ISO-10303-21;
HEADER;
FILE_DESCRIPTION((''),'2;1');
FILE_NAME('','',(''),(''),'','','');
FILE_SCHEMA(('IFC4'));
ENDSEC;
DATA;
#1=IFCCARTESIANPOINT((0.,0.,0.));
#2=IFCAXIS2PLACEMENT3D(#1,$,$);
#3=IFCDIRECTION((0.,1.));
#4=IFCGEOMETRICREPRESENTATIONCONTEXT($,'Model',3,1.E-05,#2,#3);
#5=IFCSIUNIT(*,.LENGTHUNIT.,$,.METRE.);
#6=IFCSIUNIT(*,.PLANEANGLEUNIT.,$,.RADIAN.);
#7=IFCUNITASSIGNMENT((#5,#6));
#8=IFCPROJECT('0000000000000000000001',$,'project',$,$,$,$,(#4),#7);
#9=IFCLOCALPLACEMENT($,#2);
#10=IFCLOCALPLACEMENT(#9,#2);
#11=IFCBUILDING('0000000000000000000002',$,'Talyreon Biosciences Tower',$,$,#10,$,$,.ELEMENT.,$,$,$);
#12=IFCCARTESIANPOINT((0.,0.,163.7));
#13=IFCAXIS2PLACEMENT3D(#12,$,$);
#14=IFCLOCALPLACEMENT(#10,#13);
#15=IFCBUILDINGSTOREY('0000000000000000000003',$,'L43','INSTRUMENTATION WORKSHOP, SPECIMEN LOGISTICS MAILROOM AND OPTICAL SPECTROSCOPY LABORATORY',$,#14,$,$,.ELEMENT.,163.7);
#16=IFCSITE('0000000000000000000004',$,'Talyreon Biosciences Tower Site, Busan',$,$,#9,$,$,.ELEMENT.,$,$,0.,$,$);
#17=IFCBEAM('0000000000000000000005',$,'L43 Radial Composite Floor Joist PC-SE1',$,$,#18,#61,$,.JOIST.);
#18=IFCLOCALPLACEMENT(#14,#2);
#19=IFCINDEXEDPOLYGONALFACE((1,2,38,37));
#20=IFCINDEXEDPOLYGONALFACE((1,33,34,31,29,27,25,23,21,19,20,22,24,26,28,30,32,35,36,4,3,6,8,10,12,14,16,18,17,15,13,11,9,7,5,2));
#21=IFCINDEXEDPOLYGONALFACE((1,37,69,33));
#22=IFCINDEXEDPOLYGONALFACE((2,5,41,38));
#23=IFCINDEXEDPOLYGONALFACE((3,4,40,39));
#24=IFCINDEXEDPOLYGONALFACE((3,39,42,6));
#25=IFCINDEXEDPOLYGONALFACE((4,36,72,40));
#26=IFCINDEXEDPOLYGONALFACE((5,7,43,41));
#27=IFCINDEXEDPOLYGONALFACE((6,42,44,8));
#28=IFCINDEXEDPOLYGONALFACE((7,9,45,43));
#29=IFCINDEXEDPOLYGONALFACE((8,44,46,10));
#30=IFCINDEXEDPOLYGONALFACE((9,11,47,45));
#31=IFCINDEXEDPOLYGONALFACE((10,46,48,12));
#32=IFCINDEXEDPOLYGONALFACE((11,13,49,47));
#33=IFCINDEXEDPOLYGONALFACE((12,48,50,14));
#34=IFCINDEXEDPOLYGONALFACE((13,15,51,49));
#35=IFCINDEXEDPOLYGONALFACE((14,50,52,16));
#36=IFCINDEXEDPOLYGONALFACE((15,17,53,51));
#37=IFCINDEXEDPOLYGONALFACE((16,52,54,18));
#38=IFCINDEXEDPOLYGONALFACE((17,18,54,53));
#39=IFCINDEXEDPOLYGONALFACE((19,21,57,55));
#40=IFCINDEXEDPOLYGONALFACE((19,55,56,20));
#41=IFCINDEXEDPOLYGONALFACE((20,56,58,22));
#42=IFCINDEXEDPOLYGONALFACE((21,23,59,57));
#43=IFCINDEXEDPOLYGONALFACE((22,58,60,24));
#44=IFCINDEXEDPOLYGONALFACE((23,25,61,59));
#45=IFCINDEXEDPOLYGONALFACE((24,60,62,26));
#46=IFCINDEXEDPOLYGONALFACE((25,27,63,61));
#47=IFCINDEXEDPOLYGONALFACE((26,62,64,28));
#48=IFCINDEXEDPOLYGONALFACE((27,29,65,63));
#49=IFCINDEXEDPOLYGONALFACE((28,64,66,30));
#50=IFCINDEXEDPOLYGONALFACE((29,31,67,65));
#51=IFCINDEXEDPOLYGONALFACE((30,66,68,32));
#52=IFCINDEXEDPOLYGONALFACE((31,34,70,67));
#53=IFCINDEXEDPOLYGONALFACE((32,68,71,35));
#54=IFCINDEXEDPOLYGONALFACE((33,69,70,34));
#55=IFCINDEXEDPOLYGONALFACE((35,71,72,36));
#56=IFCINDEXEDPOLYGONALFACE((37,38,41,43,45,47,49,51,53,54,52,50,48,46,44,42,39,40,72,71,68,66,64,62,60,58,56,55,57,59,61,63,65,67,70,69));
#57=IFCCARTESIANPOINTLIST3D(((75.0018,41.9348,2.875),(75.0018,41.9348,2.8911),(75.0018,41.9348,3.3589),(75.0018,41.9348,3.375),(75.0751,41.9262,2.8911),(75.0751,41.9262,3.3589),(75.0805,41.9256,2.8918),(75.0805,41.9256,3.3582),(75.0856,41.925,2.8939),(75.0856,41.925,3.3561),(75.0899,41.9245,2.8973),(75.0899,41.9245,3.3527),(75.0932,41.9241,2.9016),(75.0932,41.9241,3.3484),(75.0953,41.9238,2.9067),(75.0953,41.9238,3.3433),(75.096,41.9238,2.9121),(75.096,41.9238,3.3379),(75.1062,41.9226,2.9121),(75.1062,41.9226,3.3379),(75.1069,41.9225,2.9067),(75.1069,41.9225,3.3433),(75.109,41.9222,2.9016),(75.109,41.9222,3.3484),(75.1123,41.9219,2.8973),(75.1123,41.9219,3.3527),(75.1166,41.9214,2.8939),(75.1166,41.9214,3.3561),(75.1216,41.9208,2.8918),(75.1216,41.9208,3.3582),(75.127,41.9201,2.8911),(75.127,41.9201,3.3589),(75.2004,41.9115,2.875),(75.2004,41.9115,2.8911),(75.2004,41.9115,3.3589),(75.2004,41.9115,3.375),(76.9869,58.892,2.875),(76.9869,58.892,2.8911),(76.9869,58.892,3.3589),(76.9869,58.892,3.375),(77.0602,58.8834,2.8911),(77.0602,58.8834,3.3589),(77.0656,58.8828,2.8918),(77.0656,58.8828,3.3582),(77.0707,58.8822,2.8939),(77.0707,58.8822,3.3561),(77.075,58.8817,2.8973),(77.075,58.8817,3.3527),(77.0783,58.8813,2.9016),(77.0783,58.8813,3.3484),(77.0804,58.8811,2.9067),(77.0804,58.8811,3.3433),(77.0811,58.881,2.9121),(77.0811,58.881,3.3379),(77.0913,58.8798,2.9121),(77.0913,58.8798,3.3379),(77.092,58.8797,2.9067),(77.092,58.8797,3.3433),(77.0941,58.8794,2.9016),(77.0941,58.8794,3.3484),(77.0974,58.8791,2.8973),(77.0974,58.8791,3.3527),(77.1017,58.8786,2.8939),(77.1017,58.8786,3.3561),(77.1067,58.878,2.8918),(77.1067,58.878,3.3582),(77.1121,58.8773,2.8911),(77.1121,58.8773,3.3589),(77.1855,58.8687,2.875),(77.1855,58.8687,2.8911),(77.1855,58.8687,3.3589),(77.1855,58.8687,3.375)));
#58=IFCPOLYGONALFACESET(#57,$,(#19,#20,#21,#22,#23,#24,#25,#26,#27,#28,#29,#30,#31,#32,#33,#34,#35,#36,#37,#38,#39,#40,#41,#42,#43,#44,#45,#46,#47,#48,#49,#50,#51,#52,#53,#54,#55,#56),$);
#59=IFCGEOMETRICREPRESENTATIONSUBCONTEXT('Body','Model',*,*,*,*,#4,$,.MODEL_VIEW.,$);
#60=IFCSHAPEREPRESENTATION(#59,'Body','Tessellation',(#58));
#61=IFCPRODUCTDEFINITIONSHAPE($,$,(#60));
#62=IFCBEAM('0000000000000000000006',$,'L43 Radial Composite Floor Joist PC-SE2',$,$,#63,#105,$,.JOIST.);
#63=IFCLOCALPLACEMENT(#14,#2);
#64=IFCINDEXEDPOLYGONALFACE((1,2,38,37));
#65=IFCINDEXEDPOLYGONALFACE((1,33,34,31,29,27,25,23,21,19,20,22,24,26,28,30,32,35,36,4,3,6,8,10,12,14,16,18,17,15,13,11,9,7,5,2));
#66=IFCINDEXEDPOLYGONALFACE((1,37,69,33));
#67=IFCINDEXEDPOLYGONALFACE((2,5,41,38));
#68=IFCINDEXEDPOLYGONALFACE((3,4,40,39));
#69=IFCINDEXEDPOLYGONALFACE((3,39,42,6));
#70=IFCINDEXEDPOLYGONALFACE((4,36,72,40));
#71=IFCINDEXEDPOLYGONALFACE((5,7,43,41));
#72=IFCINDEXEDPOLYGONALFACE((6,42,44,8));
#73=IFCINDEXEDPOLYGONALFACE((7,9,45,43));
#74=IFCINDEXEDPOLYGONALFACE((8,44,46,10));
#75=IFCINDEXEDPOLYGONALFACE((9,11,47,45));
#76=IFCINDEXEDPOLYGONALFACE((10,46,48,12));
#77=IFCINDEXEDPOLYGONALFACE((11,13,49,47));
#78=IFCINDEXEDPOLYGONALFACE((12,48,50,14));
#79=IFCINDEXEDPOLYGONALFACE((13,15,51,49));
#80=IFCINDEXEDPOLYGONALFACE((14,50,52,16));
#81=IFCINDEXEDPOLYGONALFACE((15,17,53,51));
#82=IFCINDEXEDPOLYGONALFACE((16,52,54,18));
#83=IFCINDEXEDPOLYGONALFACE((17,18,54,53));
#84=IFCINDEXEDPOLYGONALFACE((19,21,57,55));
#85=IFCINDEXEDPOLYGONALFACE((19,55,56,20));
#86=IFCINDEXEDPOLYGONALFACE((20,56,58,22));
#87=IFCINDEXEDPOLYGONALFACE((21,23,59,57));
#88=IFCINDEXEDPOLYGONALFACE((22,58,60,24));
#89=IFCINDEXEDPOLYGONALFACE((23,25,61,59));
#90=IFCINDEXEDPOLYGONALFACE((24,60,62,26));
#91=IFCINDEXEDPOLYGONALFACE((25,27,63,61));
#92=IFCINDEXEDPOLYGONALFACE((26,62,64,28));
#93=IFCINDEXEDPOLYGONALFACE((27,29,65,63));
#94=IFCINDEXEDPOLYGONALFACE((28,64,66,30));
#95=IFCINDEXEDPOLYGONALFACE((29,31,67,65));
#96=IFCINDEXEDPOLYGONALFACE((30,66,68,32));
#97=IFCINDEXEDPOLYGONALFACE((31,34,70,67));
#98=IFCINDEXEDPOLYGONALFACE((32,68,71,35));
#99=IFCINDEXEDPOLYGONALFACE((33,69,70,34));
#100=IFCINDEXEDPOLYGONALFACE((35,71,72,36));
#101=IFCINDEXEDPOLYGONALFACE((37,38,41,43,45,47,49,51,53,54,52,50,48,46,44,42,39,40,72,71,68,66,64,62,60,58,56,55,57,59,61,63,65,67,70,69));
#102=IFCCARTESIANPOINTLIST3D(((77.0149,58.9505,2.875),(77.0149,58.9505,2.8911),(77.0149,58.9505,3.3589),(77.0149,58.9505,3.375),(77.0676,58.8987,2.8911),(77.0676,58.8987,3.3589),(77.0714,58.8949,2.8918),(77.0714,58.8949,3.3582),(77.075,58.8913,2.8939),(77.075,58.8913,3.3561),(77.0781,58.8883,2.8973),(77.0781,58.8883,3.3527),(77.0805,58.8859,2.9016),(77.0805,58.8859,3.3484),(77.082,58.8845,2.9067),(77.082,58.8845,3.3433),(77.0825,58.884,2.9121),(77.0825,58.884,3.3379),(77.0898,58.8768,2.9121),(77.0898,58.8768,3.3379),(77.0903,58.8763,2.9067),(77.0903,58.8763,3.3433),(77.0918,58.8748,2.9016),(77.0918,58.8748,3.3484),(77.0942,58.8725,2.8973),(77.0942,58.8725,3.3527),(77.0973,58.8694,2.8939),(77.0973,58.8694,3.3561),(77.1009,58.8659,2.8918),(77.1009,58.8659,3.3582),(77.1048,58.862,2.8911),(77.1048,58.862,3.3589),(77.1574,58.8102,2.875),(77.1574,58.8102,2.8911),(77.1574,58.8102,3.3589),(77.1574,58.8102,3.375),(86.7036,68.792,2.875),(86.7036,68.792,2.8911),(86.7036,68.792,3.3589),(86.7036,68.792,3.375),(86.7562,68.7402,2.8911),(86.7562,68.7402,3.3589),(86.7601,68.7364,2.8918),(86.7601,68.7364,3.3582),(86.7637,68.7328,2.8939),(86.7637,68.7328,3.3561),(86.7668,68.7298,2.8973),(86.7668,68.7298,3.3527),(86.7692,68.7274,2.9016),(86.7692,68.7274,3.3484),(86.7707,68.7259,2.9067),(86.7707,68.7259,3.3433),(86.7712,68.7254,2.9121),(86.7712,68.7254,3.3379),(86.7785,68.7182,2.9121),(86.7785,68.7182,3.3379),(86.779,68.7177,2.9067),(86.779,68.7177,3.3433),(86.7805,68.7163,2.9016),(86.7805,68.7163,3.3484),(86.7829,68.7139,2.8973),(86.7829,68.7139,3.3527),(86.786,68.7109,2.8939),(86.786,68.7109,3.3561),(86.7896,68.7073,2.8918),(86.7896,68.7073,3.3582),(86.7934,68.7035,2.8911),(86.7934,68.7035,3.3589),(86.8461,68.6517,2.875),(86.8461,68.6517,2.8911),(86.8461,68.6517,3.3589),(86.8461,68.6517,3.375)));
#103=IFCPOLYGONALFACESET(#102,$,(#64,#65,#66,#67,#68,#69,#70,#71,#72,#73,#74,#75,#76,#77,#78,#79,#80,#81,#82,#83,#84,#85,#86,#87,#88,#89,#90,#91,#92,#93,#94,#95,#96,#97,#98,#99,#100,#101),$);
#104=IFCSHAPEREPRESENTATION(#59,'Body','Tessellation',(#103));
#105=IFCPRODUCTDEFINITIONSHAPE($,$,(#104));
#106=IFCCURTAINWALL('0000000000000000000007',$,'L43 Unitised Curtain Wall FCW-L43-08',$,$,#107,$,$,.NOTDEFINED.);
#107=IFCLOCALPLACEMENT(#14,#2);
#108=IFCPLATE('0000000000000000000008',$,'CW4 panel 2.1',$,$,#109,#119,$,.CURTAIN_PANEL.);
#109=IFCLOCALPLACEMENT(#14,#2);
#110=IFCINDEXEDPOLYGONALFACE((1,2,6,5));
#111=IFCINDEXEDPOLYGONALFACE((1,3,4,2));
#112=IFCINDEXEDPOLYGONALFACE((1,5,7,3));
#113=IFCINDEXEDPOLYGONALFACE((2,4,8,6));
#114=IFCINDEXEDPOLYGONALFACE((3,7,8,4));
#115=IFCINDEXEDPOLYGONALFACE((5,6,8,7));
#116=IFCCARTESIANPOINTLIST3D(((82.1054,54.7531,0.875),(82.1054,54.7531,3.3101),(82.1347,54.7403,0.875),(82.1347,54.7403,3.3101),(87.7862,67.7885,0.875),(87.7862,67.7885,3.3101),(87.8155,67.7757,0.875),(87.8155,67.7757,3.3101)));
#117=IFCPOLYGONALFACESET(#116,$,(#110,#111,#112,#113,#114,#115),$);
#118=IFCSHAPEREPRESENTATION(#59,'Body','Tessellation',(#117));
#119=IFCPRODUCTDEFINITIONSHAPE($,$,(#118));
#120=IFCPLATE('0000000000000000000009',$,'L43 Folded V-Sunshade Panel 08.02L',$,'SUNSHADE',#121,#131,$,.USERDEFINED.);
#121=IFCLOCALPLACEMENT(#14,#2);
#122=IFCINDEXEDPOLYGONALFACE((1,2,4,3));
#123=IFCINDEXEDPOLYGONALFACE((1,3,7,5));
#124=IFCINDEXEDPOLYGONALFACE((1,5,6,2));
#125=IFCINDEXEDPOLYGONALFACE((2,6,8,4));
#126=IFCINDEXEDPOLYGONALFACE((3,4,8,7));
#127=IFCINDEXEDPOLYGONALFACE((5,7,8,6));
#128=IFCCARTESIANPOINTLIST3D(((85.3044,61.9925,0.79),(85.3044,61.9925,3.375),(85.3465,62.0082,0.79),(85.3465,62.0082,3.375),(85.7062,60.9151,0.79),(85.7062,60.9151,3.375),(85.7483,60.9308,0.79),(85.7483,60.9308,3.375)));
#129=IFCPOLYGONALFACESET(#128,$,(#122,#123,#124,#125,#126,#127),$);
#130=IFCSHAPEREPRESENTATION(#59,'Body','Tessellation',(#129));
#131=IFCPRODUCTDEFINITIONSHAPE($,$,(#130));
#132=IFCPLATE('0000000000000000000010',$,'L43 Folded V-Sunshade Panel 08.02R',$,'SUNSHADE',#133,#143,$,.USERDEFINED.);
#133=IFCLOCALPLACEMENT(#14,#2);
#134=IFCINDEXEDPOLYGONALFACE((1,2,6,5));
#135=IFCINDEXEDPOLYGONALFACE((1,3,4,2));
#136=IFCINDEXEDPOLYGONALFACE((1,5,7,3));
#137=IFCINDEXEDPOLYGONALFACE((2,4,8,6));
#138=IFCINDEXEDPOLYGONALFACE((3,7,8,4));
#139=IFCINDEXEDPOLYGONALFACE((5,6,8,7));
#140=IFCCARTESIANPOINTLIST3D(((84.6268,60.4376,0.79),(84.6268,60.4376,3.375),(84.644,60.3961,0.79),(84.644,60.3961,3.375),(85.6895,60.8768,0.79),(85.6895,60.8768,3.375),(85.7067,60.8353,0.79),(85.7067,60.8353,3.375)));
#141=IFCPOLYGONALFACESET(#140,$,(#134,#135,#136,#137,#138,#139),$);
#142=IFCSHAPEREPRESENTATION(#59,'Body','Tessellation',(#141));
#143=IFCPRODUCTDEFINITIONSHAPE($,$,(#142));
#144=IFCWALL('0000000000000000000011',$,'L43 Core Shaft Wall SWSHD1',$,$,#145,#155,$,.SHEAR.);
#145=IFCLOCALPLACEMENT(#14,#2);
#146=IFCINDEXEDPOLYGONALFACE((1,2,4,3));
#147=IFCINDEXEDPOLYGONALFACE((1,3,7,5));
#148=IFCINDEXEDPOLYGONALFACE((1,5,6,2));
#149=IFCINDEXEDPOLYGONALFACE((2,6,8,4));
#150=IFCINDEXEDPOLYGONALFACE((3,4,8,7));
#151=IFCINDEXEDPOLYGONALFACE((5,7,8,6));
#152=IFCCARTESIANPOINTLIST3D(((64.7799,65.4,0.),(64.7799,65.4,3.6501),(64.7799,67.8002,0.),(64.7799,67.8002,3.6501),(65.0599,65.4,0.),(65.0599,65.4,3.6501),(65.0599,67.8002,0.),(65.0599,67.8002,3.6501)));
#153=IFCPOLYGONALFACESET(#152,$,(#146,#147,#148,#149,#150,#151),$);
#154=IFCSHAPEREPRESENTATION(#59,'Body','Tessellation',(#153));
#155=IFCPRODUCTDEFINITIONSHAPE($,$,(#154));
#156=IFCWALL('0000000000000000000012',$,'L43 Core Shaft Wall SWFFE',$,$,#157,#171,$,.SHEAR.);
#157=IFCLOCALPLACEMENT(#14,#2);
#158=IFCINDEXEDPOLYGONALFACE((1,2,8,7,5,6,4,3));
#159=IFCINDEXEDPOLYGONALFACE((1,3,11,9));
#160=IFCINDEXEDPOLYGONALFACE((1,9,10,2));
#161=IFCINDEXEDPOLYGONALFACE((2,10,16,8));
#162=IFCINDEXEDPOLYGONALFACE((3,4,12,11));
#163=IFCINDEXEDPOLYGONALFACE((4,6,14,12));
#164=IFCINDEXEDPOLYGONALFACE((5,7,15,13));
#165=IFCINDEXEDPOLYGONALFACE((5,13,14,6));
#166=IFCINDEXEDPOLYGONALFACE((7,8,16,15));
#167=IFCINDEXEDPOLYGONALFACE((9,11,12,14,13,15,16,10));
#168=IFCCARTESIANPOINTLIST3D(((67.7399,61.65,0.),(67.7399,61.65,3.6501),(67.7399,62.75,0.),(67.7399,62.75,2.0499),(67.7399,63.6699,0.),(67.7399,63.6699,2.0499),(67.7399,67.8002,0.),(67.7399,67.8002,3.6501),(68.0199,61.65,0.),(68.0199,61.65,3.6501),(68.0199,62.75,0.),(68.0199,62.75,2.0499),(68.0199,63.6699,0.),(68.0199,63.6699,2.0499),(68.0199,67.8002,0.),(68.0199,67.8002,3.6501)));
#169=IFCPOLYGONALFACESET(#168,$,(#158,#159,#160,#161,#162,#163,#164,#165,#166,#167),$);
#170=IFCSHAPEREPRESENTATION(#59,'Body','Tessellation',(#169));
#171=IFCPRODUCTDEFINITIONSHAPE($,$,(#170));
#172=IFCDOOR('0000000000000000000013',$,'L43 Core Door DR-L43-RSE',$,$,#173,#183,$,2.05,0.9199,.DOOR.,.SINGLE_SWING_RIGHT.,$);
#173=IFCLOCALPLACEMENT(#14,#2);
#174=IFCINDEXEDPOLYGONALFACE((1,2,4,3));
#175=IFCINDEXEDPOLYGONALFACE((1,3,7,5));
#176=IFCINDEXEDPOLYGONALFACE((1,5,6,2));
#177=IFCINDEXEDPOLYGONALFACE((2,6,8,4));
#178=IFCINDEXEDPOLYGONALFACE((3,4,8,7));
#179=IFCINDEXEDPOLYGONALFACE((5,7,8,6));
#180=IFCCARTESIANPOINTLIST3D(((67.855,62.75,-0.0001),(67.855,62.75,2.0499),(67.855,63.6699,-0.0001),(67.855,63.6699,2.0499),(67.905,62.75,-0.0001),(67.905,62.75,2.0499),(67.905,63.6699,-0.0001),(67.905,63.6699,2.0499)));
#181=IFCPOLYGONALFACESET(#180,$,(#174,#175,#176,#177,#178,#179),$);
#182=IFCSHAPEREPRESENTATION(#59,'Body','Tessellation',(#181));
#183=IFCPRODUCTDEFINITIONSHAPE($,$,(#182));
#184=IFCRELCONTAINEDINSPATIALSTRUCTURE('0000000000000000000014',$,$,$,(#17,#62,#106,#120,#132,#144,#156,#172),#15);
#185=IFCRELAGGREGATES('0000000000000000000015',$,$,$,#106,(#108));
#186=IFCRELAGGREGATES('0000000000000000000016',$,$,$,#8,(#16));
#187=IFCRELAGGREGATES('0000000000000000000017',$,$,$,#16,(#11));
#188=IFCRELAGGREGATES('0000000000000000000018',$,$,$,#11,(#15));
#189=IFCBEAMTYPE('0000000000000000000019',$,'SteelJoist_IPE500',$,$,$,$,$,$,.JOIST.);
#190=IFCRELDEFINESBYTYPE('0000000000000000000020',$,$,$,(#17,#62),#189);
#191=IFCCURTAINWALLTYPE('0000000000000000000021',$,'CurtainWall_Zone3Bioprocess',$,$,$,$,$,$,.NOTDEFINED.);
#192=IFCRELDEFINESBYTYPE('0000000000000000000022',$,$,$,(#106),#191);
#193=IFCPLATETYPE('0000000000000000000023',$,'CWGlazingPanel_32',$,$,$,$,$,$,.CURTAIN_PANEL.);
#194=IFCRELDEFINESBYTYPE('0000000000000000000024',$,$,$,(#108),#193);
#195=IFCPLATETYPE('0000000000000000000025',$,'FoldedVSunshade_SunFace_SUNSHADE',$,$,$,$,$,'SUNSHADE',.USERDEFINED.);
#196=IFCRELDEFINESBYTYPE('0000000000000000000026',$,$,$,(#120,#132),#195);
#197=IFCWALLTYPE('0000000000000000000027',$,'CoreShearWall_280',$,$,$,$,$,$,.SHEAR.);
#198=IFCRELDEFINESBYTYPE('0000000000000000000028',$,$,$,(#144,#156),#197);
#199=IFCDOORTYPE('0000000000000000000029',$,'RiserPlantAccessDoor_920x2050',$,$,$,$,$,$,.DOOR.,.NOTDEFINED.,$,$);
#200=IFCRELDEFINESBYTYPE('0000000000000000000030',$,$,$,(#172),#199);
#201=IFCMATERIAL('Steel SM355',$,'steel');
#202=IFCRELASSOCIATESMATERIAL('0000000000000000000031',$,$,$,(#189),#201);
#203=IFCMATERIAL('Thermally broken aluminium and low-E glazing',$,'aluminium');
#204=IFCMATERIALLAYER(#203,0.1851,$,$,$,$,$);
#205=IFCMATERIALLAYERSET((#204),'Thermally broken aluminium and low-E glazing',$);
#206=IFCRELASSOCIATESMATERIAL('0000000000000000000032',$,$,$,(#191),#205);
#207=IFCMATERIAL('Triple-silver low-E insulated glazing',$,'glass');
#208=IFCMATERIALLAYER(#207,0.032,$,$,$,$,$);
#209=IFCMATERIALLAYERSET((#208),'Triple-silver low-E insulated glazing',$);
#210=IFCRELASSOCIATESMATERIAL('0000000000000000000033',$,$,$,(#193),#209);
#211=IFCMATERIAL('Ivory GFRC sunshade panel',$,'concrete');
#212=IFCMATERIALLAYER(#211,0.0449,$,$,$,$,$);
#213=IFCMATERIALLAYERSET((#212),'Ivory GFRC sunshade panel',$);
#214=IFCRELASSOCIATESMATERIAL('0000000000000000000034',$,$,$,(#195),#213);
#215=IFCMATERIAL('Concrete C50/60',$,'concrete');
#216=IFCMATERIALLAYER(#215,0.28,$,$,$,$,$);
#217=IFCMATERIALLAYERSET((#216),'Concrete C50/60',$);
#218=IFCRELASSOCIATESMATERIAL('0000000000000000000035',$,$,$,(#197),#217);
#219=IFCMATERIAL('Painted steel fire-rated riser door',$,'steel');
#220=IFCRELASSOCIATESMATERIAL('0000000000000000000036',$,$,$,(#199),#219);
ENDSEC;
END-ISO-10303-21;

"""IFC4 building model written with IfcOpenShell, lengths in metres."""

from ifc_helpers import new_model, si_unit, direction, frame, frame_2d, origin, origin_2d, place, context, subcontext, project, spatial, rectangle, i_section, extrude, material, layer, layer_set, material_profile, profile_set, type_object, element, fill, aggregate, save


model = new_model("IFC4")

# Units and contexts
model_context = context("Model", 3, precision=1e-05, world=origin(), true_north=direction((0.0, 1.0)))
body_context = subcontext(model_context, "Body", "Model", "MODEL_VIEW")
ifc_project = project(units=[si_unit("LENGTHUNIT", "METRE"), si_unit("PLANEANGLEUNIT", "RADIAN")], contexts=[model_context])

# Site, building, storey
site_placement = place(None, origin())
site = spatial("IfcSite", under=ifc_project, at=site_placement, Name="Talyreon Biosciences Tower Site, Busan", CompositionType="ELEMENT", RefElevation=0.0)
building_placement = place(site_placement, origin())
building = spatial("IfcBuilding", under=site, at=building_placement, Name="Talyreon Biosciences Tower", CompositionType="ELEMENT")
storey_placement = place(building_placement, frame((0.0, 0.0, 163.7)))
storey = spatial("IfcBuildingStorey", under=building, at=storey_placement, Name="L43", Description="INSTRUMENTATION WORKSHOP, SPECIMEN LOGISTICS MAILROOM AND OPTICAL SPECTROSCOPY LABORATORY", CompositionType="ELEMENT", Elevation=163.7)

# Shared definitions
ifc_material_1 = material(Name="Concrete C50/60", Category="concrete")

# Beams
ifc_material_2 = material(Name="Steel SM355", Category="steel")
ifc_material_profile_1 = material_profile(ifc_material_2, i_section(OverallWidth=0.2, OverallDepth=0.5, WebThickness=0.0103, FlangeThickness=0.0161, FilletRadius=0.021, at=origin_2d()), Name="IPE500")
ifc_profile_set_1 = profile_set([ifc_material_profile_1], Name="Steel SM355")
beam_type_1 = type_object("IfcBeamType", Name="SteelJoist_IPE500", PredefinedType="JOIST", material=ifc_profile_set_1)
beam_1_placement = place(storey_placement, frame((77.0862, 58.8804, 3.125), z_axis=(-0.116271, -0.993217, 0.0), x_axis=(0.993217, -0.116271, 0.0)))
element("IfcBeam", 1, at=beam_1_placement, inside=storey, type_object=beam_type_1, Name="L43 Radial Composite Floor Joist PC-SE1", PredefinedType="JOIST", context=body_context, shape_type="SweptSolid", body=[
    extrude(i_section(OverallWidth=0.2, OverallDepth=0.5, WebThickness=0.0103, FlangeThickness=0.0161, FilletRadius=0.021, at=origin_2d()), origin(), (0.0, 0.0, 1.0), 17.073),
])
beam_2_placement = place(storey_placement, frame((77.0862, 58.8804, 3.125), z_axis=(0.701552, 0.712618, 0.0), x_axis=(-0.712618, 0.701552, 0.0)))
element("IfcBeam", 2, at=beam_2_placement, inside=storey, type_object=beam_type_1, Name="L43 Radial Composite Floor Joist PC-SE2", PredefinedType="JOIST", context=body_context, shape_type="SweptSolid", body=[
    extrude(i_section(OverallWidth=0.2, OverallDepth=0.5, WebThickness=0.0103, FlangeThickness=0.0161, FilletRadius=0.021, at=origin_2d()), origin(), (0.0, 0.0, 1.0), 13.8103),
])

# Curtain wall, plate
ifc_material_3 = material(Name="Thermally broken aluminium and low-E glazing", Category="aluminium")
ifc_layer_1 = layer(ifc_material_3, 0.1851)
ifc_layer_set_1 = layer_set([ifc_layer_1], Name="Thermally broken aluminium and low-E glazing")
curtain_wall_type = type_object("IfcCurtainWallType", Name="CurtainWall_Zone3Bioprocess", PredefinedType="NOTDEFINED", material=ifc_layer_set_1)
curtain_wall_placement = place(storey_placement, origin())
curtain_wall = element("IfcCurtainWall", 3, at=curtain_wall_placement, inside=storey, type_object=curtain_wall_type, Name="L43 Unitised Curtain Wall FCW-L43-08", PredefinedType="NOTDEFINED")
ifc_material_4 = material(Name="Triple-silver low-E insulated glazing", Category="glass")
ifc_layer_2 = layer(ifc_material_4, 0.032)
ifc_layer_set_2 = layer_set([ifc_layer_2], Name="Triple-silver low-E insulated glazing")
plate_type_1 = type_object("IfcPlateType", Name="CWGlazingPanel_32", PredefinedType="CURTAIN_PANEL", material=ifc_layer_set_2)
plate_placement = place(storey_placement, frame((84.9604, 61.2644, 0.875), z_axis=(0.0, 0.0, 1.0), x_axis=(-0.399505, -0.916731, 0.0)))
plate = element("IfcPlate", 4, at=plate_placement, type_object=plate_type_1, Name="CW4 panel 2.1", PredefinedType="CURTAIN_PANEL", context=body_context, shape_type="SweptSolid", body=[
    extrude(rectangle(XDim=14.2195, YDim=0.032, at=origin_2d()), origin(), (0.0, 0.0, 1.0), 2.4351),
])
aggregate(curtain_wall, [plate])

# Plates
ifc_material_5 = material(Name="Ivory GFRC sunshade panel", Category="concrete")
ifc_layer_3 = layer(ifc_material_5, 0.0449)
ifc_layer_set_3 = layer_set([ifc_layer_3], Name="Ivory GFRC sunshade panel")
plate_type_2 = type_object("IfcPlateType", Name="FoldedVSunshade_SunFace_SUNSHADE", ElementType="SUNSHADE", PredefinedType="USERDEFINED", material=ifc_layer_set_3)
for number, where, z_axis, x_axis, name in (
    (5, (85.5264, 61.4617, 0.79), (0.0, 0.0, 1.0), (0.349439, -0.936959, 0.0), "L43 Folded V-Sunshade Panel 08.02L"),
    (6, (85.1667, 60.6365, 0.79), (0.0, 0.0, 1.0), (-0.924193, -0.381925, 0.0), "L43 Folded V-Sunshade Panel 08.02R"),
):
    element("IfcPlate", number, at=place(storey_placement, frame(where, z_axis=z_axis, x_axis=x_axis)), inside=storey, type_object=plate_type_2, Name=name, ObjectType="SUNSHADE", PredefinedType="USERDEFINED", context=body_context, shape_type="SweptSolid", body=[
        extrude(rectangle(XDim=1.1499, YDim=0.0449, at=origin_2d()), origin(), (0.0, 0.0, 1.0), 2.585),
    ])

# Wall
ifc_layer_4 = layer(ifc_material_1, 0.28)
ifc_layer_set_4 = layer_set([ifc_layer_4], Name="Concrete C50/60")
wall_type_1 = type_object("IfcWallType", Name="CoreShearWall_280", PredefinedType="SHEAR", material=ifc_layer_set_4)
wall_1_placement = place(storey_placement, frame((64.9199, 65.3999, 0.0), z_axis=(0.0, 0.0, 1.0), x_axis=(0.0, 1.0, 0.0)))
element("IfcWall", 7, at=wall_1_placement, inside=storey, type_object=wall_type_1, Name="L43 Core Shaft Wall SWSHD1", PredefinedType="SHEAR", context=body_context, shape_type="SweptSolid", body=[
    extrude(rectangle(XDim=2.4001, YDim=0.28, at=frame_2d((1.2002, 0.0))), origin(), (0.0, 0.0, 1.0), 3.6501),
])

# Wall, opening, door
wall_2_placement = place(storey_placement, frame((67.8799, 61.6499, 0.0), z_axis=(0.0, 0.0, 1.0), x_axis=(0.0, 1.0, 0.0)))
wall_2 = element("IfcWall", 8, at=wall_2_placement, inside=storey, type_object=wall_type_1, Name="L43 Core Shaft Wall SWFFE", PredefinedType="SHEAR", context=body_context, shape_type="SweptSolid", body=[
    extrude(rectangle(XDim=6.1501, YDim=0.28, at=frame_2d((3.0752, 0.0))), origin(), (0.0, 0.0, 1.0), 3.6501),
])
opening_1_placement = place(wall_2_placement, frame((1.1001, 0.0, 0.0)))
opening_1 = element("IfcOpeningElement", 9, at=opening_1_placement, cuts=wall_2, PredefinedType="OPENING", context=body_context, shape_type="SweptSolid", body=[
    extrude(rectangle(XDim=0.9199, YDim=2.05, at=frame_2d((0.46, 1.0249))), frame((0.0, 0.1499, 0.0), z_axis=(0.0, -1.0, 0.0), x_axis=(1.0, 0.0, 0.0)), (0.0, 0.0, 1.0), 0.3),
])
ifc_material_6 = material(Name="Painted steel fire-rated riser door", Category="steel")
door_type = type_object("IfcDoorType", Name="RiserPlantAccessDoor_920x2050", OperationType="NOTDEFINED", PredefinedType="DOOR", material=ifc_material_6)
door_1_placement = place(opening_1_placement, origin())
door_1 = element("IfcDoor", 10, at=door_1_placement, inside=storey, type_object=door_type, Name="L43 Core Door DR-L43-RSE", OperationType="SINGLE_SWING_RIGHT", OverallHeight=2.05, OverallWidth=0.9199, PredefinedType="DOOR", context=body_context, shape_type="SweptSolid", body=[
    extrude(rectangle(XDim=0.9199, YDim=2.05, at=frame_2d((0.46, 1.0249))), frame((0.0, 0.0249, 0.0), z_axis=(0.0, -1.0, 0.0), x_axis=(1.0, 0.0, 0.0)), (0.0, 0.0, 1.0), 0.05),
])
fill(opening_1, door_1)

save(model, "model.ifc")
